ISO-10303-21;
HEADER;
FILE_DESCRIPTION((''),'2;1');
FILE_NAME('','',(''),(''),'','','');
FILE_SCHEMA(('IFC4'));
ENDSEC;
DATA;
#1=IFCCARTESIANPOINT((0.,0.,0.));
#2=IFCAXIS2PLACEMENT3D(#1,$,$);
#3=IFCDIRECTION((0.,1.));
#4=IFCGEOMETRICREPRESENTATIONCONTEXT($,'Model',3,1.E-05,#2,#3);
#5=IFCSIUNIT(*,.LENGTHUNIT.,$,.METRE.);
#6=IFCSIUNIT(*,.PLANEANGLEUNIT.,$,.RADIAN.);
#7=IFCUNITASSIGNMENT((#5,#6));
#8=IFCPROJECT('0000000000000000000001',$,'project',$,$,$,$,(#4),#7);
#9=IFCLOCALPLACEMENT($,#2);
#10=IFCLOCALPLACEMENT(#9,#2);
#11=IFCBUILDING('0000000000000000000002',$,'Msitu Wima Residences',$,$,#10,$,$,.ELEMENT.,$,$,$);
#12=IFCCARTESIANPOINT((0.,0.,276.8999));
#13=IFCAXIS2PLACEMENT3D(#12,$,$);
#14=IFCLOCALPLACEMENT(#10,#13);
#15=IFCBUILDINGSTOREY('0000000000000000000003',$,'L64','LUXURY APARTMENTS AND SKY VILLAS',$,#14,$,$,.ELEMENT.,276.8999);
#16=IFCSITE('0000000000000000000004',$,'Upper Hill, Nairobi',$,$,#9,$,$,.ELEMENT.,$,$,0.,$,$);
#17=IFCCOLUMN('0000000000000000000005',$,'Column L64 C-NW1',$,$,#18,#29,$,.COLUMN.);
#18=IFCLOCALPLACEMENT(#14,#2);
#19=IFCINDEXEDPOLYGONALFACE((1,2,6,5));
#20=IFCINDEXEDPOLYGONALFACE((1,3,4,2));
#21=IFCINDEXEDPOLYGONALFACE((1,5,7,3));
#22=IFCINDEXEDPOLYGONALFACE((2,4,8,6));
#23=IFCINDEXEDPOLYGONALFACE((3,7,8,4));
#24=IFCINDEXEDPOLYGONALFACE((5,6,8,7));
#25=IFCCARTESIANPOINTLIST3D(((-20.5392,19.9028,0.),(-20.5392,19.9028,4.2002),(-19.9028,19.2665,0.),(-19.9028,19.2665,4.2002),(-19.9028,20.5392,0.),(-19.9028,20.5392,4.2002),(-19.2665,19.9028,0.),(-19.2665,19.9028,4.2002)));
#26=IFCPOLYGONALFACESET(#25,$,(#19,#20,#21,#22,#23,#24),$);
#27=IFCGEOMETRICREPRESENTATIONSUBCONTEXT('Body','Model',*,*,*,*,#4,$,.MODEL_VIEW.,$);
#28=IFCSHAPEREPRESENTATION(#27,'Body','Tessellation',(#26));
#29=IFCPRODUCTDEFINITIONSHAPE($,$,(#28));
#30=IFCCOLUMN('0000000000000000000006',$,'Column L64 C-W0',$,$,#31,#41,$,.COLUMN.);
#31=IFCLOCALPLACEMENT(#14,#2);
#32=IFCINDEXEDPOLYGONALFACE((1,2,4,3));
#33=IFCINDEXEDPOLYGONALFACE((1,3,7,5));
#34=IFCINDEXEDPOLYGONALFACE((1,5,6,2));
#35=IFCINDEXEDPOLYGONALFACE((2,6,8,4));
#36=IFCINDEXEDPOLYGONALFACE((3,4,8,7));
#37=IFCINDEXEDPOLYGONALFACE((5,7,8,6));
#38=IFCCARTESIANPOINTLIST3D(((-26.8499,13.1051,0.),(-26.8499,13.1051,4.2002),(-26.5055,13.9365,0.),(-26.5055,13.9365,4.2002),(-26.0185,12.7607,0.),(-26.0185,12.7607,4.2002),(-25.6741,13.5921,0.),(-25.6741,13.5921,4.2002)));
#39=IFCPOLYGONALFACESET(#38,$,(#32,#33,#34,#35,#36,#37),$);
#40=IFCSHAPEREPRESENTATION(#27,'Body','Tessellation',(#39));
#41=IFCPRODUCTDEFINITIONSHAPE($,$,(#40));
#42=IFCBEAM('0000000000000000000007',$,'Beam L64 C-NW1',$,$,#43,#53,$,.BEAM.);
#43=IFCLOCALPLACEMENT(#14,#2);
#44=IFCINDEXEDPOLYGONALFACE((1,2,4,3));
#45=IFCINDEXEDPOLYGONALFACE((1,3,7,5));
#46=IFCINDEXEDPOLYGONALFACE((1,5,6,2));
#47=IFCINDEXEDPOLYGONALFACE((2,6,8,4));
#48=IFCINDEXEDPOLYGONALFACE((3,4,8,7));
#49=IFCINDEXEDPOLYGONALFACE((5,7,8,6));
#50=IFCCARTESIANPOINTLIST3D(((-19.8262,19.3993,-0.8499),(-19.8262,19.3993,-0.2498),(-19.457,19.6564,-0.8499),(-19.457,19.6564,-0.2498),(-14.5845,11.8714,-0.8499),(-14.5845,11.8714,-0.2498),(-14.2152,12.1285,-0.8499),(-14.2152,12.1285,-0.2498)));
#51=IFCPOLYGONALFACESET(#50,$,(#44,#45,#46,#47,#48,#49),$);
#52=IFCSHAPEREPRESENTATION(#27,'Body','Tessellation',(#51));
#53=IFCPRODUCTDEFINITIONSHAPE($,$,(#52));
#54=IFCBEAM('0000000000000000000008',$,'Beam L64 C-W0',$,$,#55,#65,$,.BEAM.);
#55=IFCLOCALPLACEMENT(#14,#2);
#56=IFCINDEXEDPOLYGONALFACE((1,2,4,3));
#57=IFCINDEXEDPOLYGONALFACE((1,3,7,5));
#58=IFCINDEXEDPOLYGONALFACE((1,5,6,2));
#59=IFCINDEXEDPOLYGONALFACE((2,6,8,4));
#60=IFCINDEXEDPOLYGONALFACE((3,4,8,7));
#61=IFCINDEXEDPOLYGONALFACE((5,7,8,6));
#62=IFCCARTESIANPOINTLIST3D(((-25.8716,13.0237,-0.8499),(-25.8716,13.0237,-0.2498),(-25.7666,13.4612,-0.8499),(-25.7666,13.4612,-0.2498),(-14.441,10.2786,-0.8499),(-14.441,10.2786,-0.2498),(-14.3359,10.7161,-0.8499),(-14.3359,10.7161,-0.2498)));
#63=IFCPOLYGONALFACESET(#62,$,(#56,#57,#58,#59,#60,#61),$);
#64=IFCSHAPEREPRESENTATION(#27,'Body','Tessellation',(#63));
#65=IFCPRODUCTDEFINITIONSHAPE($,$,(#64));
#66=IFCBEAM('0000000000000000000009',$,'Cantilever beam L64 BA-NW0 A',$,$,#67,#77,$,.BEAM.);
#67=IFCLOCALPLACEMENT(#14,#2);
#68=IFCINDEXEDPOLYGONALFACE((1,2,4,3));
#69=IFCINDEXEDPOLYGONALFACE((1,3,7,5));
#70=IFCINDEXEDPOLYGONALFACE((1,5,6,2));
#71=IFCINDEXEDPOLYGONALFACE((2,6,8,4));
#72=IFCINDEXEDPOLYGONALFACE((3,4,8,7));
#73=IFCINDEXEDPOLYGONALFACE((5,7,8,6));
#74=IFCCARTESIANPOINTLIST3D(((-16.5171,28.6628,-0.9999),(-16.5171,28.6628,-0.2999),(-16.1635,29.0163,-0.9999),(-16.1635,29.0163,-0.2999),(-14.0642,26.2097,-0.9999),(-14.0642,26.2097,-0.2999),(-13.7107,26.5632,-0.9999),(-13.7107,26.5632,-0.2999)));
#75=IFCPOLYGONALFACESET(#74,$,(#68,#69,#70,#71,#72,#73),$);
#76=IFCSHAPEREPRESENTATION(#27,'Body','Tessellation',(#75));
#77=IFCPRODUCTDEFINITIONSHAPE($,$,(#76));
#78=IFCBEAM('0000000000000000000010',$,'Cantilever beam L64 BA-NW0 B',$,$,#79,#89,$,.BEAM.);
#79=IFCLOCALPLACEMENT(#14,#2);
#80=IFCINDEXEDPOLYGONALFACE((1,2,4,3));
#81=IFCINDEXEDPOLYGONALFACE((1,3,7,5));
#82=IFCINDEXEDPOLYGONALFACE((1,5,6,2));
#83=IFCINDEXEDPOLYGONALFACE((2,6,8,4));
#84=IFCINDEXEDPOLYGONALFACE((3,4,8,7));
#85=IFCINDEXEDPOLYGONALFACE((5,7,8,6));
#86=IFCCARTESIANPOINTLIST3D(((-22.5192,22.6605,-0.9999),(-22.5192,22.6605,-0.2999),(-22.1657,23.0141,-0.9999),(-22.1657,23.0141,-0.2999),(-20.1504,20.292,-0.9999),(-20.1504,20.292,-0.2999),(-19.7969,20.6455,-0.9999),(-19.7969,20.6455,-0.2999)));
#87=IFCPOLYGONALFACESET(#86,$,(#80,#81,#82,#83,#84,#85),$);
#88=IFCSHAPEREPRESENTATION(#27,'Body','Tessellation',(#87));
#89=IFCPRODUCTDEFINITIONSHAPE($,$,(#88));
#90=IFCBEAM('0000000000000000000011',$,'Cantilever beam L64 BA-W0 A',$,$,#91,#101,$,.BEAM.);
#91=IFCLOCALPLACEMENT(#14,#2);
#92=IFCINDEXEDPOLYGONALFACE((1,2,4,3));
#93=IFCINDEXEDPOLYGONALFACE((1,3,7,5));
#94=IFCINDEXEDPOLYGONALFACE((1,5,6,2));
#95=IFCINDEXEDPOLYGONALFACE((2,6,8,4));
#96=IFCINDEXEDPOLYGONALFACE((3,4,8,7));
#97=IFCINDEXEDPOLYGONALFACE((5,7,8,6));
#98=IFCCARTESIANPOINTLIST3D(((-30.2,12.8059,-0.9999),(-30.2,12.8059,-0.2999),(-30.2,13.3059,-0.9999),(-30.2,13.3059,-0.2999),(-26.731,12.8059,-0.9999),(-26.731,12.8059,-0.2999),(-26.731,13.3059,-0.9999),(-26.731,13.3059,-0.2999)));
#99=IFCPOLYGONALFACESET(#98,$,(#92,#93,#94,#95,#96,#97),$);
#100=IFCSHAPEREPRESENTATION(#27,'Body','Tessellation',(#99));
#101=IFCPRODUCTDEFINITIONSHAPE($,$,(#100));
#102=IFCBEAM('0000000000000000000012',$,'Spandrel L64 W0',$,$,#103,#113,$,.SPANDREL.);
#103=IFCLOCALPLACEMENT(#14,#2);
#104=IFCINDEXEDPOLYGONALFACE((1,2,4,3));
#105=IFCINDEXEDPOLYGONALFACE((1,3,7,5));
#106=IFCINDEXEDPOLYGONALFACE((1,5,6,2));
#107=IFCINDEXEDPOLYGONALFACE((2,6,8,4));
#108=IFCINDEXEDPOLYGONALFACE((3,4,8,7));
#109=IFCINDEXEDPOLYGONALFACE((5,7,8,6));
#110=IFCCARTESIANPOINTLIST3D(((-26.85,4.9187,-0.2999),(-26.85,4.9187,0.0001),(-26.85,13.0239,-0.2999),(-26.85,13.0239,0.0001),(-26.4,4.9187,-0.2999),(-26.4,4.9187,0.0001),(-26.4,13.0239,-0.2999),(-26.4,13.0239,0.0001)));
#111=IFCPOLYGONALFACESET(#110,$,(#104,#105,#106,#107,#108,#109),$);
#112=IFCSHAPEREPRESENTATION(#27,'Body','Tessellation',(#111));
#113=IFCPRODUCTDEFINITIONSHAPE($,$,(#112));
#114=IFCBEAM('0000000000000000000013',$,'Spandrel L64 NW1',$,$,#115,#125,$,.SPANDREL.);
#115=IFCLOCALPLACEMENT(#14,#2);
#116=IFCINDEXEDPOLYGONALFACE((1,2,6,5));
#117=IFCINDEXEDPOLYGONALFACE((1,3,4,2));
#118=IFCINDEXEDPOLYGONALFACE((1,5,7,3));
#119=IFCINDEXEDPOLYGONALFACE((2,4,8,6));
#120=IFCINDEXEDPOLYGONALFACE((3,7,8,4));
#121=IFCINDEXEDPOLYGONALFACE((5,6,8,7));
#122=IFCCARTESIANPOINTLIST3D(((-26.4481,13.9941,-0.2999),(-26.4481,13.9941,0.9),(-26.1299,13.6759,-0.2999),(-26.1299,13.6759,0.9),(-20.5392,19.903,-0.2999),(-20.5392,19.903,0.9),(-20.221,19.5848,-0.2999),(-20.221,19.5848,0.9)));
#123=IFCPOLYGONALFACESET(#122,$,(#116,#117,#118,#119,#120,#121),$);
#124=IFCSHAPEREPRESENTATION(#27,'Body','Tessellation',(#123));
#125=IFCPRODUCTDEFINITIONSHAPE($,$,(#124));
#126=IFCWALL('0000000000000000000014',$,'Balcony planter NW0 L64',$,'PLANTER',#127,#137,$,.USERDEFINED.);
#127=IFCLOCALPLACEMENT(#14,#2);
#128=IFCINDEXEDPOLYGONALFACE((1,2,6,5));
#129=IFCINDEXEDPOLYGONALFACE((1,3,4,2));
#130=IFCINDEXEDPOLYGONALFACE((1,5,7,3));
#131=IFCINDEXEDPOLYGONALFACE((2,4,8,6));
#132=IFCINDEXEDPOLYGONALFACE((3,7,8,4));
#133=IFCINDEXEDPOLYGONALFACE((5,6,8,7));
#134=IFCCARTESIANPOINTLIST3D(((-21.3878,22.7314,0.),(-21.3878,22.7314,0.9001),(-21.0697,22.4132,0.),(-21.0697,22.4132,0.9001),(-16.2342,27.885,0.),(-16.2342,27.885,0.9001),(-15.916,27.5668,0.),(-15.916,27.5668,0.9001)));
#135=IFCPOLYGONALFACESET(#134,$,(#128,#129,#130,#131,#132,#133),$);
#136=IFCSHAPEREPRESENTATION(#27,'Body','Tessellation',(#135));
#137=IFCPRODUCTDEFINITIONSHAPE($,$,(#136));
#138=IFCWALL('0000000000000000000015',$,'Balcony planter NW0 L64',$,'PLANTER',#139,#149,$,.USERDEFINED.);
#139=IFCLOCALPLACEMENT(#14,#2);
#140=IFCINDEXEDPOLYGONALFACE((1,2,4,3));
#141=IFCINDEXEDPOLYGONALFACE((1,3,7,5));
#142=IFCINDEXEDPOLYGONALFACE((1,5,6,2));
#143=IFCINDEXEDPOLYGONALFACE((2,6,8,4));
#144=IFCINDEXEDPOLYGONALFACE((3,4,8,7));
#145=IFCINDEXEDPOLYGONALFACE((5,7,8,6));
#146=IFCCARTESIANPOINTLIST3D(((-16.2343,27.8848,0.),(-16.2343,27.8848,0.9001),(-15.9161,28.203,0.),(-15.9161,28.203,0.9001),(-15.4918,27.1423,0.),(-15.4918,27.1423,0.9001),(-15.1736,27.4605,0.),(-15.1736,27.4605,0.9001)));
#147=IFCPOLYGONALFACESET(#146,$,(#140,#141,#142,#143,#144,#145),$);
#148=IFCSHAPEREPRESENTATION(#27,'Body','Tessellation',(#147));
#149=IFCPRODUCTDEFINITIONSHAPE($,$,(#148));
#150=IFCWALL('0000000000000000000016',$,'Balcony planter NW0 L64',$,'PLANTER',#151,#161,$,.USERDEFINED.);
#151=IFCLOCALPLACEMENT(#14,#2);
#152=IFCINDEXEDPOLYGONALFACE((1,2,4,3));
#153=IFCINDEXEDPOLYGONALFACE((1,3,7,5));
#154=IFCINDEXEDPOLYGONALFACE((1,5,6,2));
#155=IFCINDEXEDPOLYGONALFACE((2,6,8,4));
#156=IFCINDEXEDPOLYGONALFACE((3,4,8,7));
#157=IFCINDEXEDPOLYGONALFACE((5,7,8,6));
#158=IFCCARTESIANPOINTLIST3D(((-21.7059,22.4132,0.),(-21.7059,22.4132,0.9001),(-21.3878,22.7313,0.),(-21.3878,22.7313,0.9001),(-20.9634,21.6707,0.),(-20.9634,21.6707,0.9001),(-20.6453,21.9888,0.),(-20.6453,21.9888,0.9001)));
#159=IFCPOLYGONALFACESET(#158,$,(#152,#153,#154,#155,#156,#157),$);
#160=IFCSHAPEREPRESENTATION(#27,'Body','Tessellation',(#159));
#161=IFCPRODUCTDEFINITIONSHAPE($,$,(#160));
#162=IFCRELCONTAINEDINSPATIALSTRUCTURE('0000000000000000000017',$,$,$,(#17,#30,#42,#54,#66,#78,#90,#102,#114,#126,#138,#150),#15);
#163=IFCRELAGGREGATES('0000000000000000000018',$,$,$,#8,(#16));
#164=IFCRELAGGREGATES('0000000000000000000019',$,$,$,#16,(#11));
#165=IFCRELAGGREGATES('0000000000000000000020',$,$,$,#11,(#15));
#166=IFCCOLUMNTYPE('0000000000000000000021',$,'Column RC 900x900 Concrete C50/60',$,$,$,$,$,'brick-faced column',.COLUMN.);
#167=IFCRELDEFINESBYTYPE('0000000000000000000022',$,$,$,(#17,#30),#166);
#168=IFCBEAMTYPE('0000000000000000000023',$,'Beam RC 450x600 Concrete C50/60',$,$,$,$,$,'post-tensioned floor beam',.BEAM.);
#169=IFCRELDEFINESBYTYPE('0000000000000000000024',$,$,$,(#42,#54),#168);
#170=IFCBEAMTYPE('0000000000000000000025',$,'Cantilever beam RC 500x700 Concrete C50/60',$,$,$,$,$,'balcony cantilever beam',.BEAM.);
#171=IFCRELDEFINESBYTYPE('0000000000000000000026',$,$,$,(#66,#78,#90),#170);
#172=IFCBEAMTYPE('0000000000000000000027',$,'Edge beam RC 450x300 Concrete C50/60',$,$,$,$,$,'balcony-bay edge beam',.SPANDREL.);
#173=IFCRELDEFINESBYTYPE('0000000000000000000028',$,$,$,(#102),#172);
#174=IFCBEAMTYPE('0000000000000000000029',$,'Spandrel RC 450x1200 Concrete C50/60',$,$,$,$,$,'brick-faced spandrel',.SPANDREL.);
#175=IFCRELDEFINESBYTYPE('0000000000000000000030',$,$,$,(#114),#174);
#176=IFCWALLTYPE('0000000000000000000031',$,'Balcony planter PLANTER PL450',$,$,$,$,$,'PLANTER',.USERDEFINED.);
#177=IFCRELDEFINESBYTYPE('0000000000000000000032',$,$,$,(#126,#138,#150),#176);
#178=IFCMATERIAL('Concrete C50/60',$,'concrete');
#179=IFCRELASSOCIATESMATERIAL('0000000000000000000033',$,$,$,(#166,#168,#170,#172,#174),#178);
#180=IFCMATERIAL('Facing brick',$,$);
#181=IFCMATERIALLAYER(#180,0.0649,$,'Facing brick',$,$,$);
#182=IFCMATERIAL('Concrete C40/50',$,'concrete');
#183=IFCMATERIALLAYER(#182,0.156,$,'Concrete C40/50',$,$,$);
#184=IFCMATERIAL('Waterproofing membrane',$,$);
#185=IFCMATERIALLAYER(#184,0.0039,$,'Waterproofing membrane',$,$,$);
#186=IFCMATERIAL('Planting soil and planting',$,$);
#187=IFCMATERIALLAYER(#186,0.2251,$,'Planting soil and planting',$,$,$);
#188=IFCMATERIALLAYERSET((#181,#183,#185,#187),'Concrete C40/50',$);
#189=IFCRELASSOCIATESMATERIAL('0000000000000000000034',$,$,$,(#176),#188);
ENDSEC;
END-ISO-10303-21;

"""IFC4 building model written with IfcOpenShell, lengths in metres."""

from ifc_helpers import new_model, si_unit, direction, frame, frame_2d, origin, origin_2d, place, context, subcontext, project, spatial, rectangle, extrude, material, layer, layer_set, material_profile, profile_set, type_object, element, save


model = new_model("IFC4")

# Units and contexts
model_context = context("Model", 3, precision=1e-05, world=origin(), true_north=direction((0.0, 1.0)))
body_context = subcontext(model_context, "Body", "Model", "MODEL_VIEW")
ifc_project = project(units=[si_unit("LENGTHUNIT", "METRE"), si_unit("PLANEANGLEUNIT", "RADIAN")], contexts=[model_context])

# Site, building, storey
site_placement = place(None, origin())
site = spatial("IfcSite", under=ifc_project, at=site_placement, Name="Upper Hill, Nairobi", CompositionType="ELEMENT", RefElevation=0.0)
building_placement = place(site_placement, origin())
building = spatial("IfcBuilding", under=site, at=building_placement, Name="Msitu Wima Residences", CompositionType="ELEMENT")
storey_placement = place(building_placement, frame((0.0, 0.0, 276.8999)))
storey = spatial("IfcBuildingStorey", under=building, at=storey_placement, Name="L64", Description="LUXURY APARTMENTS AND SKY VILLAS", CompositionType="ELEMENT", Elevation=276.8999)

# Columns
ifc_material_1 = material(Name="Concrete C50/60", Category="concrete")
ifc_material_profile_1 = material_profile(ifc_material_1, rectangle(XDim=0.8999, YDim=0.8999, at=origin_2d()), Name="RC 900x900")
ifc_profile_set_1 = profile_set([ifc_material_profile_1], Name="Concrete C50/60")
column_type = type_object("IfcColumnType", Name="Column RC 900x900 Concrete C50/60", ElementType="brick-faced column", PredefinedType="COLUMN", material=ifc_profile_set_1)
for number, where, z_axis, x_axis, name in (
    (1, (-19.9028, 19.9028, 0.0), (0.0, 0.0, 1.0), (-0.707107, -0.707107, 0.0), "Column L64 C-NW1"),
    (2, (-26.262, 13.3486, 0.0), (0.0, 0.0, 1.0), (-0.382683, -0.92388, 0.0), "Column L64 C-W0"),
):
    element("IfcColumn", number, at=place(storey_placement, frame(where, z_axis=z_axis, x_axis=x_axis)), inside=storey, type_object=column_type, Name=name, PredefinedType="COLUMN", context=body_context, shape_type="SweptSolid", body=[
        extrude(rectangle(XDim=0.8999, YDim=0.8999, at=origin_2d()), origin(), (0.0, 0.0, 1.0), 4.2002),
    ])

# Beams
ifc_material_profile_2 = material_profile(ifc_material_1, rectangle(XDim=0.45, YDim=0.6001, at=origin_2d()), Name="RC 450x600")
ifc_profile_set_2 = profile_set([ifc_material_profile_2], Name="Concrete C50/60")
beam_type_1 = type_object("IfcBeamType", Name="Beam RC 450x600 Concrete C50/60", ElementType="post-tensioned floor beam", PredefinedType="BEAM", material=ifc_profile_set_2)
beam_1_placement = place(storey_placement, frame((-19.6416, 19.5278, -0.5498), z_axis=(0.571428, -0.820652, 0.0), x_axis=(0.820652, 0.571428, 0.0)))
element("IfcBeam", 3, at=beam_1_placement, inside=storey, type_object=beam_type_1, Name="Beam L64 C-NW1", PredefinedType="BEAM", context=body_context, shape_type="SweptSolid", body=[
    extrude(rectangle(XDim=0.45, YDim=0.6001, at=origin_2d()), origin(), (0.0, 0.0, 1.0), 9.1731),
])
beam_2_placement = place(storey_placement, frame((-25.8191, 13.2424, -0.5498), z_axis=(0.972353, -0.233514, 0.0), x_axis=(0.233514, 0.972353, 0.0)))
element("IfcBeam", 4, at=beam_2_placement, inside=storey, type_object=beam_type_1, Name="Beam L64 C-W0", PredefinedType="BEAM", context=body_context, shape_type="SweptSolid", body=[
    extrude(rectangle(XDim=0.45, YDim=0.6001, at=origin_2d()), origin(), (0.0, 0.0, 1.0), 11.7556),
])
ifc_material_profile_3 = material_profile(ifc_material_1, rectangle(XDim=0.5, YDim=0.7, at=origin_2d()), Name="RC 500x700")
ifc_profile_set_3 = profile_set([ifc_material_profile_3], Name="Concrete C50/60")
beam_type_2 = type_object("IfcBeamType", Name="Cantilever beam RC 500x700 Concrete C50/60", ElementType="balcony cantilever beam", PredefinedType="BEAM", material=ifc_profile_set_3)
beam_3_placement = place(storey_placement, frame((-13.8875, 26.3865, -0.6499), z_axis=(-0.707072, 0.707142, 0.0), x_axis=(-0.707142, -0.707072, 0.0)))
element("IfcBeam", 5, at=beam_3_placement, inside=storey, type_object=beam_type_2, Name="Cantilever beam L64 BA-NW0 A", PredefinedType="BEAM", context=body_context, shape_type="SweptSolid", body=[
    extrude(rectangle(XDim=0.5, YDim=0.7, at=origin_2d()), origin(), (0.0, 0.0, 1.0), 3.469),
])
beam_4_placement = place(storey_placement, frame((-19.9736, 20.4688, -0.6499), z_axis=(-0.707143, 0.70707, 0.0), x_axis=(-0.70707, -0.707143, 0.0)))
element("IfcBeam", 6, at=beam_4_placement, inside=storey, type_object=beam_type_2, Name="Cantilever beam L64 BA-NW0 B", PredefinedType="BEAM", context=body_context, shape_type="SweptSolid", body=[
    extrude(rectangle(XDim=0.5, YDim=0.7, at=origin_2d()), origin(), (0.0, 0.0, 1.0), 3.3499),
])
beam_5_placement = place(storey_placement, frame((-26.731, 13.0559, -0.6499), z_axis=(-1.0, 0.0, 0.0), x_axis=(0.0, -1.0, 0.0)))
element("IfcBeam", 7, at=beam_5_placement, inside=storey, type_object=beam_type_2, Name="Cantilever beam L64 BA-W0 A", PredefinedType="BEAM", context=body_context, shape_type="SweptSolid", body=[
    extrude(rectangle(XDim=0.5, YDim=0.7, at=origin_2d()), origin(), (0.0, 0.0, 1.0), 3.469),
])
ifc_material_profile_4 = material_profile(ifc_material_1, rectangle(XDim=0.45, YDim=0.3, at=origin_2d()), Name="RC 450x300")
ifc_profile_set_4 = profile_set([ifc_material_profile_4], Name="Concrete C50/60")
beam_type_3 = type_object("IfcBeamType", Name="Edge beam RC 450x300 Concrete C50/60", ElementType="balcony-bay edge beam", PredefinedType="SPANDREL", material=ifc_profile_set_4)
beam_6_placement = place(storey_placement, frame((-26.625, 13.0239, -0.1499), z_axis=(0.0, -1.0, 0.0), x_axis=(1.0, 0.0, 0.0)))
element("IfcBeam", 8, at=beam_6_placement, inside=storey, type_object=beam_type_3, Name="Spandrel L64 W0", PredefinedType="SPANDREL", context=body_context, shape_type="SweptSolid", body=[
    extrude(rectangle(XDim=0.45, YDim=0.3, at=origin_2d()), origin(), (0.0, 0.0, 1.0), 8.1052),
])
ifc_material_profile_5 = material_profile(ifc_material_1, rectangle(XDim=0.45, YDim=1.2, at=origin_2d()), Name="RC 450x1200")
ifc_profile_set_5 = profile_set([ifc_material_profile_5], Name="Concrete C50/60")
beam_type_4 = type_object("IfcBeamType", Name="Spandrel RC 450x1200 Concrete C50/60", ElementType="brick-faced spandrel", PredefinedType="SPANDREL", material=ifc_profile_set_5)
beam_7_placement = place(storey_placement, frame((-20.3801, 19.7439, 0.3), z_axis=(-0.707107, -0.707107, 0.0), x_axis=(0.707107, -0.707107, 0.0)))
element("IfcBeam", 9, at=beam_7_placement, inside=storey, type_object=beam_type_4, Name="Spandrel L64 NW1", PredefinedType="SPANDREL", context=body_context, shape_type="SweptSolid", body=[
    extrude(rectangle(XDim=0.45, YDim=1.2, at=origin_2d()), origin(), (0.0, 0.0, 1.0), 8.3564),
])

# Walls
ifc_material_2 = material(Name="Facing brick")
ifc_layer_1 = layer(ifc_material_2, 0.0649, Name="Facing brick")
ifc_material_3 = material(Name="Concrete C40/50", Category="concrete")
ifc_layer_2 = layer(ifc_material_3, 0.156, Name="Concrete C40/50")
ifc_material_4 = material(Name="Waterproofing membrane")
ifc_layer_3 = layer(ifc_material_4, 0.0039, Name="Waterproofing membrane")
ifc_material_5 = material(Name="Planting soil and planting")
ifc_layer_4 = layer(ifc_material_5, 0.2251, Name="Planting soil and planting")
ifc_layer_set_1 = layer_set([ifc_layer_1, ifc_layer_2, ifc_layer_3, ifc_layer_4], Name="Concrete C40/50")
wall_type_1 = type_object("IfcWallType", Name="Balcony planter PLANTER PL450", ElementType="PLANTER", PredefinedType="USERDEFINED", material=ifc_layer_set_1)
wall_1_placement = place(storey_placement, frame((-16.0752, 27.7258, 0.0), z_axis=(0.0, 0.0, 1.0), x_axis=(-0.707107, -0.707107, 0.0)))
element("IfcWall", 10, at=wall_1_placement, inside=storey, type_object=wall_type_1, Name="Balcony planter NW0 L64", ObjectType="PLANTER", PredefinedType="USERDEFINED", context=body_context, shape_type="SweptSolid", body=[
    extrude(rectangle(XDim=7.2883, YDim=0.45, at=frame_2d((3.644, 0.0))), origin(), (0.0, 0.0, 1.0), 0.9001),
])
for number, where, z_axis, x_axis, name in (
    (11, (-15.3328, 27.3015, 0.0), (0.0, 0.0, 1.0), (-0.707107, 0.707107, 0.0), "Balcony planter NW0 L64"),
    (12, (-20.8044, 21.8298, 0.0), (0.0, 0.0, 1.0), (-0.707107, 0.707107, 0.0), "Balcony planter NW0 L64"),
):
    element("IfcWall", number, at=place(storey_placement, frame(where, z_axis=z_axis, x_axis=x_axis)), inside=storey, type_object=wall_type_1, Name=name, ObjectType="PLANTER", PredefinedType="USERDEFINED", context=body_context, shape_type="SweptSolid", body=[
        extrude(rectangle(XDim=1.05, YDim=0.45, at=frame_2d((0.5249, 0.0))), origin(), (0.0, 0.0, 1.0), 0.9001),
    ])

save(model, "model.ifc")
